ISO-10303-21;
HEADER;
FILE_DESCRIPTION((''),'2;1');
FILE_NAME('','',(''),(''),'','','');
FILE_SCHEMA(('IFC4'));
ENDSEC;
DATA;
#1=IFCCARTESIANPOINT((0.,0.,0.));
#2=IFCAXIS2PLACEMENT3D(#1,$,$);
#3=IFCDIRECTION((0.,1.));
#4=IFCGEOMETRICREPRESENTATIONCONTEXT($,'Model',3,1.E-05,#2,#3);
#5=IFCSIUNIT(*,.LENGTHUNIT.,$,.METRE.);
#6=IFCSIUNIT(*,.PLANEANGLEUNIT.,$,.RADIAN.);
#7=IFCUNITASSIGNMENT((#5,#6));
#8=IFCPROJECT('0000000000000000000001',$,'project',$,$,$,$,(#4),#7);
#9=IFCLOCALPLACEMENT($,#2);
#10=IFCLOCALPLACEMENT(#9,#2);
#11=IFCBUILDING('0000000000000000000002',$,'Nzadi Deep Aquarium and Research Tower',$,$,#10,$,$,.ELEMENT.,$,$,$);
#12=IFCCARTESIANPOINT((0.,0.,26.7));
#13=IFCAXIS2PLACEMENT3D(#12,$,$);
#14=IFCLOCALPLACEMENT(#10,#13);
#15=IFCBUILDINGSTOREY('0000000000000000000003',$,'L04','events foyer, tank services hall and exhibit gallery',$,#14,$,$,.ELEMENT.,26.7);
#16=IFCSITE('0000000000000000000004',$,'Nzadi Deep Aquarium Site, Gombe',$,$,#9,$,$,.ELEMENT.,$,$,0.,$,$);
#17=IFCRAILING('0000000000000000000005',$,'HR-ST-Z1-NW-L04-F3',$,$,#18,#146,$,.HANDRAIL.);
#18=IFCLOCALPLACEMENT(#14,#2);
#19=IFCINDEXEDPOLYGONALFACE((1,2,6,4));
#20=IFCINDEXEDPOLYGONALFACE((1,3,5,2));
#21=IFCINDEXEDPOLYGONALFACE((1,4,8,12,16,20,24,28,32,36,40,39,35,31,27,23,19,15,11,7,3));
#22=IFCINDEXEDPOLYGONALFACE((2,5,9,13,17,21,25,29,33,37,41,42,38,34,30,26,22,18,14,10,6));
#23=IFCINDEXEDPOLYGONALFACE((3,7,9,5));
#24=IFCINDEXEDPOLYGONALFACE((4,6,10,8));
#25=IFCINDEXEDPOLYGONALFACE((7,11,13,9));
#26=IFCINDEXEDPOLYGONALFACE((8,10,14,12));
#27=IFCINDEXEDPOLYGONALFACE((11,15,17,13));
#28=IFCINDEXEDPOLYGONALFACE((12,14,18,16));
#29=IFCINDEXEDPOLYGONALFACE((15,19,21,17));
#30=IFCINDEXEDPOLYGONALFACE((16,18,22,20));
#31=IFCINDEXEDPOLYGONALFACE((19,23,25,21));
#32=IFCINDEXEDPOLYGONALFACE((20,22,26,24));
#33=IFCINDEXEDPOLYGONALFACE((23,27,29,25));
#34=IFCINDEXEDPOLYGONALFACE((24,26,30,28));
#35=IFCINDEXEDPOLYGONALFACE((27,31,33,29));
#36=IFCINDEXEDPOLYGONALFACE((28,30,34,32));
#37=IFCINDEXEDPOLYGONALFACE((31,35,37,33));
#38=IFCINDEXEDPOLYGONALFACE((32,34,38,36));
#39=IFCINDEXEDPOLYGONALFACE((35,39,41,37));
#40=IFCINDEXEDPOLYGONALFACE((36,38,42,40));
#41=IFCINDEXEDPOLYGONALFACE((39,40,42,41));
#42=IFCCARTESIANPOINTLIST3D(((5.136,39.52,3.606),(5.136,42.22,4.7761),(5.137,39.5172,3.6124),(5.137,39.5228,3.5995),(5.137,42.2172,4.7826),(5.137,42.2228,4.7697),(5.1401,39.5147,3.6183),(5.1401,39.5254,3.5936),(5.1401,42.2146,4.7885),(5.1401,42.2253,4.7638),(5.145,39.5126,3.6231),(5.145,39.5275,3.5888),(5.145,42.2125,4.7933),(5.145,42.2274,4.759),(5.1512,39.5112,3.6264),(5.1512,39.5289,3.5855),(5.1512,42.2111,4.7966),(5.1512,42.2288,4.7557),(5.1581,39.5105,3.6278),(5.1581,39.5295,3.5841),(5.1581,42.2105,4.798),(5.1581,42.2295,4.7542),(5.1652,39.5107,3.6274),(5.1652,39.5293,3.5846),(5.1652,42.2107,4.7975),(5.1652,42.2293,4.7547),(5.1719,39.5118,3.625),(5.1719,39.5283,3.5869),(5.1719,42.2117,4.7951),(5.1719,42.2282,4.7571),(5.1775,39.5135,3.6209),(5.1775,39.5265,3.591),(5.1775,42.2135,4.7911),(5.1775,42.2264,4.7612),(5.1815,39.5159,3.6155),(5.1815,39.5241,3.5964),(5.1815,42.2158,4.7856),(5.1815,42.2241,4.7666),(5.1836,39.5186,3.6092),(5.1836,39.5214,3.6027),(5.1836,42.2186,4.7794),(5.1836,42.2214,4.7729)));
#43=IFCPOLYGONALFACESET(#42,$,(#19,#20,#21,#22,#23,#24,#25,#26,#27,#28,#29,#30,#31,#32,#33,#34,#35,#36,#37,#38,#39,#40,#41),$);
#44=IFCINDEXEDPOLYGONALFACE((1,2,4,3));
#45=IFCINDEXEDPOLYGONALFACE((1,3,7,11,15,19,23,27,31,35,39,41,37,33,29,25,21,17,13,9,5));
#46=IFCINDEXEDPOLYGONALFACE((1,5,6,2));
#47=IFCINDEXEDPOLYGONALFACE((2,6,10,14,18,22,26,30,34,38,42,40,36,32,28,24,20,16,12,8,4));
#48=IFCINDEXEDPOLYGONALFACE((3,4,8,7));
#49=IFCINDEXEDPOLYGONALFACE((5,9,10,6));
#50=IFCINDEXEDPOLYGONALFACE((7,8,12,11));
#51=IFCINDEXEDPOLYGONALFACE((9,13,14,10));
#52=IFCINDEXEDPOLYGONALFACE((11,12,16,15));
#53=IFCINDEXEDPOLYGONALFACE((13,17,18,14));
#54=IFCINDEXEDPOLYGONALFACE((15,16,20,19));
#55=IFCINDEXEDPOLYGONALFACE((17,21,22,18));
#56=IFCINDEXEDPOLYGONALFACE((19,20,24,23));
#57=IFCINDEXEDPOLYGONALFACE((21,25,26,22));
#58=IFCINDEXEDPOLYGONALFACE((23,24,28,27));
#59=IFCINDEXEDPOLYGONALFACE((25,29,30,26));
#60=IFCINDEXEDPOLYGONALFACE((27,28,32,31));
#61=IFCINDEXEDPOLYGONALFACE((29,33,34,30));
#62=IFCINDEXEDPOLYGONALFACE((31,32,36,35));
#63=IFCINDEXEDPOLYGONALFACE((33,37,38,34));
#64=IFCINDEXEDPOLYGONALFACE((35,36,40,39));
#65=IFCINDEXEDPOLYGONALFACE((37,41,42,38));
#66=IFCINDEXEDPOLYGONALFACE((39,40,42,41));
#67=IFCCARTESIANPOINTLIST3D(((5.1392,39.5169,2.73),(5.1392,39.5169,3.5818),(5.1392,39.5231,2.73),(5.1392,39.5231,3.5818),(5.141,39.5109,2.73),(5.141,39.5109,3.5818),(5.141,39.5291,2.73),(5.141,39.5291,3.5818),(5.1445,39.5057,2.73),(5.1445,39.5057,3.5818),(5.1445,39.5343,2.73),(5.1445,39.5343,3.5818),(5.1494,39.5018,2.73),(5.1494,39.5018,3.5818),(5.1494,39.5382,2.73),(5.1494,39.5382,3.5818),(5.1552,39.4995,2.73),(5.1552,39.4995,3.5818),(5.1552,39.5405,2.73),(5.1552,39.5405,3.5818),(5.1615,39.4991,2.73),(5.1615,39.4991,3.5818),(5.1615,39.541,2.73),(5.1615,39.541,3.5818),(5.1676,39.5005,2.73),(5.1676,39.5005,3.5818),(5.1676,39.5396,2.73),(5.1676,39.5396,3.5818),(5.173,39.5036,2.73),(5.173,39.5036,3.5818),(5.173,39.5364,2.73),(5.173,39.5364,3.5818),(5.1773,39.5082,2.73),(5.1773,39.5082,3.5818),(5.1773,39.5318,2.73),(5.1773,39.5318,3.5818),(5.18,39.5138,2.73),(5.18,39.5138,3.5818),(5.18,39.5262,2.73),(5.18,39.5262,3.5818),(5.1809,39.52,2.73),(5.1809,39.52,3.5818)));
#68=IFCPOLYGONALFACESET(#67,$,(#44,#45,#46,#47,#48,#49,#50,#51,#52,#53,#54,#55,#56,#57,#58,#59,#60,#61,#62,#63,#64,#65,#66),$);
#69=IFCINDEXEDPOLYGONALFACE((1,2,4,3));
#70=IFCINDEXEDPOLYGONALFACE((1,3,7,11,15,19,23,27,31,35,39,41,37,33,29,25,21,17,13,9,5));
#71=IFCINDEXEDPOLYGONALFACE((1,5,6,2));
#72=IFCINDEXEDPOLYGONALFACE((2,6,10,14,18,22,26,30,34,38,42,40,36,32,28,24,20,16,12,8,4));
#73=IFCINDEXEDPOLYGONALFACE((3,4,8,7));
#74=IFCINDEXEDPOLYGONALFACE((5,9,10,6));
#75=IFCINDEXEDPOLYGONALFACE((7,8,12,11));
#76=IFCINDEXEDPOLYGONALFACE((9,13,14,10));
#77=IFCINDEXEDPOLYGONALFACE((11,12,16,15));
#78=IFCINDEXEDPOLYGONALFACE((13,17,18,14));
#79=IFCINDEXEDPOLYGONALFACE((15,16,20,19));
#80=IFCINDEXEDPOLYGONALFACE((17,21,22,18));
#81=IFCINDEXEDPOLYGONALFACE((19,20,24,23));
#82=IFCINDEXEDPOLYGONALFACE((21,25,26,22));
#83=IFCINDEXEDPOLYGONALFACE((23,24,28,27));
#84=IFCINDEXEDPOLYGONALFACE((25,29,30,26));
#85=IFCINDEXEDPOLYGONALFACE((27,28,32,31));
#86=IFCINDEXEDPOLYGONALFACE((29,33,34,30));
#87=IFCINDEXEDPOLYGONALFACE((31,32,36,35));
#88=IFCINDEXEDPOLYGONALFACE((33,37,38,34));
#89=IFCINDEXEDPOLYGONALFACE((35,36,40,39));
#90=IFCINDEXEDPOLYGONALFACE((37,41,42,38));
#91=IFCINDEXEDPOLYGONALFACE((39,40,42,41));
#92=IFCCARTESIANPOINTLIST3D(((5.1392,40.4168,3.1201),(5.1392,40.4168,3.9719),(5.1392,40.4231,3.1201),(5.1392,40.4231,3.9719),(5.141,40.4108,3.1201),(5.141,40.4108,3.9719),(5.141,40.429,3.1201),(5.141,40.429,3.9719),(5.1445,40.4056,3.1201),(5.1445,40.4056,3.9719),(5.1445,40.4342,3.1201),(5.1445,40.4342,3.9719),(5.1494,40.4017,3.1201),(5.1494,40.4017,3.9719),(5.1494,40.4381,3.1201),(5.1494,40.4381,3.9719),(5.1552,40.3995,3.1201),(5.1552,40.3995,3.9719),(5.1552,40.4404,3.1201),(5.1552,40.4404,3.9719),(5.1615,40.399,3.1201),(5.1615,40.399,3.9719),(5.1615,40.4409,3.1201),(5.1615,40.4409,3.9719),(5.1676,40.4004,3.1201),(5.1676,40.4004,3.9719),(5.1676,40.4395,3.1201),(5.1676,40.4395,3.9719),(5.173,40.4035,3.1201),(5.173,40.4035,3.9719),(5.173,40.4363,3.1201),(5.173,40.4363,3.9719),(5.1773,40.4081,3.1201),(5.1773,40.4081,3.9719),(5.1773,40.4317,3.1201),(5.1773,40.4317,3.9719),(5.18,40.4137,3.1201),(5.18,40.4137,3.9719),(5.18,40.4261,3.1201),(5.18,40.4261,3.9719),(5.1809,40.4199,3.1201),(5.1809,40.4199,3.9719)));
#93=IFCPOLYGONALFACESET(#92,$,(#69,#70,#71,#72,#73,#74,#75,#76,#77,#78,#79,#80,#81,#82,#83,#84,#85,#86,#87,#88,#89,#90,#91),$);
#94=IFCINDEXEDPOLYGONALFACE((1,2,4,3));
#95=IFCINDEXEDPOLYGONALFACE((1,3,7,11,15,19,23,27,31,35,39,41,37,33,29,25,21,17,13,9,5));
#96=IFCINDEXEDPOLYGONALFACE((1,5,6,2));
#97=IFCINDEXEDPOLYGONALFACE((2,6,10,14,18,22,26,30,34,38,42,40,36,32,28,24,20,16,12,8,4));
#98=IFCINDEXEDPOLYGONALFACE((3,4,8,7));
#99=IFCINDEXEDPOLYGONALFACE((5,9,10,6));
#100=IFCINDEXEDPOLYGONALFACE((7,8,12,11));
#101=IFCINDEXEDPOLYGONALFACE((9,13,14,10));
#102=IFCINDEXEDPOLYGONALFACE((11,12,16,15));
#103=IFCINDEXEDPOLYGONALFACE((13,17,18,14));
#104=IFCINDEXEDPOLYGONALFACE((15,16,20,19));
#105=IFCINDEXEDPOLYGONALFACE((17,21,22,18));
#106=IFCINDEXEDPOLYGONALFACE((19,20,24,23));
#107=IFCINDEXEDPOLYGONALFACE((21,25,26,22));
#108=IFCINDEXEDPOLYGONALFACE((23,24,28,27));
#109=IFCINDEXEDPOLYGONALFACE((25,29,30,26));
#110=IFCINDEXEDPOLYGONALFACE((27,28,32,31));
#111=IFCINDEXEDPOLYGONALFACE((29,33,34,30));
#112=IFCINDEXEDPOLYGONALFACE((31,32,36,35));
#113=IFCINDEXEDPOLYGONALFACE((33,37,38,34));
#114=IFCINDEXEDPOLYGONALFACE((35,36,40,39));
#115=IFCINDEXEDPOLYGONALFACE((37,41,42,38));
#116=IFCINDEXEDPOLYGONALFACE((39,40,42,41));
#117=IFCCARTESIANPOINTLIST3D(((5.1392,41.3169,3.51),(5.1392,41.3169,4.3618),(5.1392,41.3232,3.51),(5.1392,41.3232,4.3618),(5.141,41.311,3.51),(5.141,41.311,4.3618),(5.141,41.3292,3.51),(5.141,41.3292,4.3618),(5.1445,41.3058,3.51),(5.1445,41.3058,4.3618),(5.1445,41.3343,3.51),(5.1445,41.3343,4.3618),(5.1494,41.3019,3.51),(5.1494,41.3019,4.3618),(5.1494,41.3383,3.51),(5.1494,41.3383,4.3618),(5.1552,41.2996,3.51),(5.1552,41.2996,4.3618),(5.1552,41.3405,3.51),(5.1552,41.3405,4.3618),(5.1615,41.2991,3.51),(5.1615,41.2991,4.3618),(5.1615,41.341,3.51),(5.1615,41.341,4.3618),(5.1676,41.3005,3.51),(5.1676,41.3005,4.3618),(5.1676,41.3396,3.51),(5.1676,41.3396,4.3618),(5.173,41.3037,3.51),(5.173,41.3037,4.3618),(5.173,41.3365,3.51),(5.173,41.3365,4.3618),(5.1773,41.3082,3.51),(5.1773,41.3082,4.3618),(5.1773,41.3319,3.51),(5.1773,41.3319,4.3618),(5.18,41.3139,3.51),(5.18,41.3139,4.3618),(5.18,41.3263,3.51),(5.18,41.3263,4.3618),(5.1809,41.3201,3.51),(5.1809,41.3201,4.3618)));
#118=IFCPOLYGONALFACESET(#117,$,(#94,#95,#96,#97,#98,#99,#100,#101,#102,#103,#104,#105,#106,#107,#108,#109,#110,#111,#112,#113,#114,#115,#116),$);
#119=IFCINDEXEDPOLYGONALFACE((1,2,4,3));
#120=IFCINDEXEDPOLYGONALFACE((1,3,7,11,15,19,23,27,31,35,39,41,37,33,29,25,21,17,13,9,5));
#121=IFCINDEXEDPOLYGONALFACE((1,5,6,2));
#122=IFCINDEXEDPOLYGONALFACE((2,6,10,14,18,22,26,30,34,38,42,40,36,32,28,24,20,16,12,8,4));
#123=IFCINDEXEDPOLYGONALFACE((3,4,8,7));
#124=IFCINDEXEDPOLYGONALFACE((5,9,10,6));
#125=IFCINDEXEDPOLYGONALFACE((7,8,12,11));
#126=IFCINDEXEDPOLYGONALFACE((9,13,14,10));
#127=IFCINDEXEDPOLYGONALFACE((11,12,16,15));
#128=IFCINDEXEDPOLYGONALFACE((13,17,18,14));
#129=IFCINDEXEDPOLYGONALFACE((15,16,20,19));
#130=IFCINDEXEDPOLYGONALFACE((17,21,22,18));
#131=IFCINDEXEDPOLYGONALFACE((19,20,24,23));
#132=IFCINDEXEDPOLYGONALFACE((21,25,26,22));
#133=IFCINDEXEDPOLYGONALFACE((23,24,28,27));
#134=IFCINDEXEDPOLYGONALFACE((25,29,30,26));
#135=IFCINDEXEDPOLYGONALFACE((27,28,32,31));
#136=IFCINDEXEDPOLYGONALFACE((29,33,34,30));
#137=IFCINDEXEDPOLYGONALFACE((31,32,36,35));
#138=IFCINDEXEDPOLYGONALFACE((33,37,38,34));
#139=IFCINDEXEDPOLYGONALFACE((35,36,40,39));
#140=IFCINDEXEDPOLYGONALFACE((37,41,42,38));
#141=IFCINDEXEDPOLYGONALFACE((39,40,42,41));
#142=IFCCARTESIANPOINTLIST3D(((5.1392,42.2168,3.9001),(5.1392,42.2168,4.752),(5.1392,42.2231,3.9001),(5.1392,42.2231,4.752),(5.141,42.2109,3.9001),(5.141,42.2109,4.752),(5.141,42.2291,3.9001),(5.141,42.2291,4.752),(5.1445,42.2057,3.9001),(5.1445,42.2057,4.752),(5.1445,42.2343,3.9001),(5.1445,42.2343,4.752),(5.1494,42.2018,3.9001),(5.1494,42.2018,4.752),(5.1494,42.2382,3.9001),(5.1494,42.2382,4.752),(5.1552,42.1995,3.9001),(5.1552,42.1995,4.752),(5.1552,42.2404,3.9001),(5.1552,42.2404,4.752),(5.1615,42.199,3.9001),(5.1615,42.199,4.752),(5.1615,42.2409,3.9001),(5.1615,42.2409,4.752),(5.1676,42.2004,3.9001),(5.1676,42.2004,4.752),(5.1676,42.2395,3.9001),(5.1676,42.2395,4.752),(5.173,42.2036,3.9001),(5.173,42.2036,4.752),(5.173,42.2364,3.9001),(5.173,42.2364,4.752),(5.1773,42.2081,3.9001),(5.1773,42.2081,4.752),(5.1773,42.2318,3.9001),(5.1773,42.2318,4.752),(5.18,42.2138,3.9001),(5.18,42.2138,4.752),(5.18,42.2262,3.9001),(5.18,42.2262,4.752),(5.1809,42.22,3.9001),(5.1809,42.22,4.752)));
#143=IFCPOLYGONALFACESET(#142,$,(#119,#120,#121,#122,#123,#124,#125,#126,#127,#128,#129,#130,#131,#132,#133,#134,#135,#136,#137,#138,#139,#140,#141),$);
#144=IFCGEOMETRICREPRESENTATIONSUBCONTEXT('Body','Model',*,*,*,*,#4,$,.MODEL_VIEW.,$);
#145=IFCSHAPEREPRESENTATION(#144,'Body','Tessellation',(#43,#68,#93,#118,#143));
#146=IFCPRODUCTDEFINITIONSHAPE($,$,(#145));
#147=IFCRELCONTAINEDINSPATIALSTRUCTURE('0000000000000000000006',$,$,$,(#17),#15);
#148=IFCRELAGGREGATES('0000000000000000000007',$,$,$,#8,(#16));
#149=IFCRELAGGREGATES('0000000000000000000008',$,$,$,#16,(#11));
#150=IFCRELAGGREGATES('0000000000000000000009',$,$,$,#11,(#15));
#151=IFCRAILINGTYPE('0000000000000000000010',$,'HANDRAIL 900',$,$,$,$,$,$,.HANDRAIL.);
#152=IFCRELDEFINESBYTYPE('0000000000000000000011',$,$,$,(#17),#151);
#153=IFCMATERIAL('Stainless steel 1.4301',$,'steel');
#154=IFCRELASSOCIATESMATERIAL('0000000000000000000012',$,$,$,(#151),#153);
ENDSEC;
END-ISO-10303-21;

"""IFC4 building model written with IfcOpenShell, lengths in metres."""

from ifc_helpers import new_model, si_unit, direction, frame, origin, origin_2d, place, context, subcontext, project, spatial, circle, extrude, material, type_object, element, save


model = new_model("IFC4")

# Units and contexts
model_context = context("Model", 3, precision=1e-05, world=origin(), true_north=direction((0.0, 1.0)))
body_context = subcontext(model_context, "Body", "Model", "MODEL_VIEW")
ifc_project = project(units=[si_unit("LENGTHUNIT", "METRE"), si_unit("PLANEANGLEUNIT", "RADIAN")], contexts=[model_context])

# Site, building, storey
site_placement = place(None, origin())
site = spatial("IfcSite", under=ifc_project, at=site_placement, Name="Nzadi Deep Aquarium Site, Gombe", CompositionType="ELEMENT", RefElevation=0.0)
building_placement = place(site_placement, origin())
building = spatial("IfcBuilding", under=site, at=building_placement, Name="Nzadi Deep Aquarium and Research Tower", CompositionType="ELEMENT")
storey_placement = place(building_placement, frame((0.0, 0.0, 26.7)))
storey = spatial("IfcBuildingStorey", under=building, at=storey_placement, Name="L04", Description="events foyer, tank services hall and exhibit gallery", CompositionType="ELEMENT", Elevation=26.7)

# Railing
ifc_material_1 = material(Name="Stainless steel 1.4301", Category="steel")
railing_type = type_object("IfcRailingType", Name="HANDRAIL 900", PredefinedType="HANDRAIL", material=ifc_material_1)
for number, where, name in (
    (1, (5.1599, 39.52, 2.73), "HR-ST-Z1-NW-L04-F3"),
):
    element("IfcRailing", number, at=place(storey_placement, frame(where)), inside=storey, type_object=railing_type, Name=name, PredefinedType="HANDRAIL", context=body_context, shape_type="SweptSolid", body=[
        extrude(circle(Radius=0.0239, at=origin_2d()), frame((0.0, 0.0, 0.876), z_axis=(0.0, 0.917532, 0.397661), x_axis=(-1.0, 0.0, 0.0)), (0.0, 0.0, 1.0), 2.9426),
        extrude(circle(Radius=0.021, at=origin_2d()), origin(), (0.0, 0.0, 1.0), 0.8518),
        extrude(circle(Radius=0.021, at=origin_2d()), frame((0.0, 0.8999, 0.3901)), (0.0, 0.0, 1.0), 0.8518),
        extrude(circle(Radius=0.021, at=origin_2d()), frame((0.0, 1.8, 0.78)), (0.0, 0.0, 1.0), 0.8518),
        extrude(circle(Radius=0.021, at=origin_2d()), frame((0.0, 2.7, 1.1702)), (0.0, 0.0, 1.0), 0.8518),
    ])

save(model, "model.ifc")
